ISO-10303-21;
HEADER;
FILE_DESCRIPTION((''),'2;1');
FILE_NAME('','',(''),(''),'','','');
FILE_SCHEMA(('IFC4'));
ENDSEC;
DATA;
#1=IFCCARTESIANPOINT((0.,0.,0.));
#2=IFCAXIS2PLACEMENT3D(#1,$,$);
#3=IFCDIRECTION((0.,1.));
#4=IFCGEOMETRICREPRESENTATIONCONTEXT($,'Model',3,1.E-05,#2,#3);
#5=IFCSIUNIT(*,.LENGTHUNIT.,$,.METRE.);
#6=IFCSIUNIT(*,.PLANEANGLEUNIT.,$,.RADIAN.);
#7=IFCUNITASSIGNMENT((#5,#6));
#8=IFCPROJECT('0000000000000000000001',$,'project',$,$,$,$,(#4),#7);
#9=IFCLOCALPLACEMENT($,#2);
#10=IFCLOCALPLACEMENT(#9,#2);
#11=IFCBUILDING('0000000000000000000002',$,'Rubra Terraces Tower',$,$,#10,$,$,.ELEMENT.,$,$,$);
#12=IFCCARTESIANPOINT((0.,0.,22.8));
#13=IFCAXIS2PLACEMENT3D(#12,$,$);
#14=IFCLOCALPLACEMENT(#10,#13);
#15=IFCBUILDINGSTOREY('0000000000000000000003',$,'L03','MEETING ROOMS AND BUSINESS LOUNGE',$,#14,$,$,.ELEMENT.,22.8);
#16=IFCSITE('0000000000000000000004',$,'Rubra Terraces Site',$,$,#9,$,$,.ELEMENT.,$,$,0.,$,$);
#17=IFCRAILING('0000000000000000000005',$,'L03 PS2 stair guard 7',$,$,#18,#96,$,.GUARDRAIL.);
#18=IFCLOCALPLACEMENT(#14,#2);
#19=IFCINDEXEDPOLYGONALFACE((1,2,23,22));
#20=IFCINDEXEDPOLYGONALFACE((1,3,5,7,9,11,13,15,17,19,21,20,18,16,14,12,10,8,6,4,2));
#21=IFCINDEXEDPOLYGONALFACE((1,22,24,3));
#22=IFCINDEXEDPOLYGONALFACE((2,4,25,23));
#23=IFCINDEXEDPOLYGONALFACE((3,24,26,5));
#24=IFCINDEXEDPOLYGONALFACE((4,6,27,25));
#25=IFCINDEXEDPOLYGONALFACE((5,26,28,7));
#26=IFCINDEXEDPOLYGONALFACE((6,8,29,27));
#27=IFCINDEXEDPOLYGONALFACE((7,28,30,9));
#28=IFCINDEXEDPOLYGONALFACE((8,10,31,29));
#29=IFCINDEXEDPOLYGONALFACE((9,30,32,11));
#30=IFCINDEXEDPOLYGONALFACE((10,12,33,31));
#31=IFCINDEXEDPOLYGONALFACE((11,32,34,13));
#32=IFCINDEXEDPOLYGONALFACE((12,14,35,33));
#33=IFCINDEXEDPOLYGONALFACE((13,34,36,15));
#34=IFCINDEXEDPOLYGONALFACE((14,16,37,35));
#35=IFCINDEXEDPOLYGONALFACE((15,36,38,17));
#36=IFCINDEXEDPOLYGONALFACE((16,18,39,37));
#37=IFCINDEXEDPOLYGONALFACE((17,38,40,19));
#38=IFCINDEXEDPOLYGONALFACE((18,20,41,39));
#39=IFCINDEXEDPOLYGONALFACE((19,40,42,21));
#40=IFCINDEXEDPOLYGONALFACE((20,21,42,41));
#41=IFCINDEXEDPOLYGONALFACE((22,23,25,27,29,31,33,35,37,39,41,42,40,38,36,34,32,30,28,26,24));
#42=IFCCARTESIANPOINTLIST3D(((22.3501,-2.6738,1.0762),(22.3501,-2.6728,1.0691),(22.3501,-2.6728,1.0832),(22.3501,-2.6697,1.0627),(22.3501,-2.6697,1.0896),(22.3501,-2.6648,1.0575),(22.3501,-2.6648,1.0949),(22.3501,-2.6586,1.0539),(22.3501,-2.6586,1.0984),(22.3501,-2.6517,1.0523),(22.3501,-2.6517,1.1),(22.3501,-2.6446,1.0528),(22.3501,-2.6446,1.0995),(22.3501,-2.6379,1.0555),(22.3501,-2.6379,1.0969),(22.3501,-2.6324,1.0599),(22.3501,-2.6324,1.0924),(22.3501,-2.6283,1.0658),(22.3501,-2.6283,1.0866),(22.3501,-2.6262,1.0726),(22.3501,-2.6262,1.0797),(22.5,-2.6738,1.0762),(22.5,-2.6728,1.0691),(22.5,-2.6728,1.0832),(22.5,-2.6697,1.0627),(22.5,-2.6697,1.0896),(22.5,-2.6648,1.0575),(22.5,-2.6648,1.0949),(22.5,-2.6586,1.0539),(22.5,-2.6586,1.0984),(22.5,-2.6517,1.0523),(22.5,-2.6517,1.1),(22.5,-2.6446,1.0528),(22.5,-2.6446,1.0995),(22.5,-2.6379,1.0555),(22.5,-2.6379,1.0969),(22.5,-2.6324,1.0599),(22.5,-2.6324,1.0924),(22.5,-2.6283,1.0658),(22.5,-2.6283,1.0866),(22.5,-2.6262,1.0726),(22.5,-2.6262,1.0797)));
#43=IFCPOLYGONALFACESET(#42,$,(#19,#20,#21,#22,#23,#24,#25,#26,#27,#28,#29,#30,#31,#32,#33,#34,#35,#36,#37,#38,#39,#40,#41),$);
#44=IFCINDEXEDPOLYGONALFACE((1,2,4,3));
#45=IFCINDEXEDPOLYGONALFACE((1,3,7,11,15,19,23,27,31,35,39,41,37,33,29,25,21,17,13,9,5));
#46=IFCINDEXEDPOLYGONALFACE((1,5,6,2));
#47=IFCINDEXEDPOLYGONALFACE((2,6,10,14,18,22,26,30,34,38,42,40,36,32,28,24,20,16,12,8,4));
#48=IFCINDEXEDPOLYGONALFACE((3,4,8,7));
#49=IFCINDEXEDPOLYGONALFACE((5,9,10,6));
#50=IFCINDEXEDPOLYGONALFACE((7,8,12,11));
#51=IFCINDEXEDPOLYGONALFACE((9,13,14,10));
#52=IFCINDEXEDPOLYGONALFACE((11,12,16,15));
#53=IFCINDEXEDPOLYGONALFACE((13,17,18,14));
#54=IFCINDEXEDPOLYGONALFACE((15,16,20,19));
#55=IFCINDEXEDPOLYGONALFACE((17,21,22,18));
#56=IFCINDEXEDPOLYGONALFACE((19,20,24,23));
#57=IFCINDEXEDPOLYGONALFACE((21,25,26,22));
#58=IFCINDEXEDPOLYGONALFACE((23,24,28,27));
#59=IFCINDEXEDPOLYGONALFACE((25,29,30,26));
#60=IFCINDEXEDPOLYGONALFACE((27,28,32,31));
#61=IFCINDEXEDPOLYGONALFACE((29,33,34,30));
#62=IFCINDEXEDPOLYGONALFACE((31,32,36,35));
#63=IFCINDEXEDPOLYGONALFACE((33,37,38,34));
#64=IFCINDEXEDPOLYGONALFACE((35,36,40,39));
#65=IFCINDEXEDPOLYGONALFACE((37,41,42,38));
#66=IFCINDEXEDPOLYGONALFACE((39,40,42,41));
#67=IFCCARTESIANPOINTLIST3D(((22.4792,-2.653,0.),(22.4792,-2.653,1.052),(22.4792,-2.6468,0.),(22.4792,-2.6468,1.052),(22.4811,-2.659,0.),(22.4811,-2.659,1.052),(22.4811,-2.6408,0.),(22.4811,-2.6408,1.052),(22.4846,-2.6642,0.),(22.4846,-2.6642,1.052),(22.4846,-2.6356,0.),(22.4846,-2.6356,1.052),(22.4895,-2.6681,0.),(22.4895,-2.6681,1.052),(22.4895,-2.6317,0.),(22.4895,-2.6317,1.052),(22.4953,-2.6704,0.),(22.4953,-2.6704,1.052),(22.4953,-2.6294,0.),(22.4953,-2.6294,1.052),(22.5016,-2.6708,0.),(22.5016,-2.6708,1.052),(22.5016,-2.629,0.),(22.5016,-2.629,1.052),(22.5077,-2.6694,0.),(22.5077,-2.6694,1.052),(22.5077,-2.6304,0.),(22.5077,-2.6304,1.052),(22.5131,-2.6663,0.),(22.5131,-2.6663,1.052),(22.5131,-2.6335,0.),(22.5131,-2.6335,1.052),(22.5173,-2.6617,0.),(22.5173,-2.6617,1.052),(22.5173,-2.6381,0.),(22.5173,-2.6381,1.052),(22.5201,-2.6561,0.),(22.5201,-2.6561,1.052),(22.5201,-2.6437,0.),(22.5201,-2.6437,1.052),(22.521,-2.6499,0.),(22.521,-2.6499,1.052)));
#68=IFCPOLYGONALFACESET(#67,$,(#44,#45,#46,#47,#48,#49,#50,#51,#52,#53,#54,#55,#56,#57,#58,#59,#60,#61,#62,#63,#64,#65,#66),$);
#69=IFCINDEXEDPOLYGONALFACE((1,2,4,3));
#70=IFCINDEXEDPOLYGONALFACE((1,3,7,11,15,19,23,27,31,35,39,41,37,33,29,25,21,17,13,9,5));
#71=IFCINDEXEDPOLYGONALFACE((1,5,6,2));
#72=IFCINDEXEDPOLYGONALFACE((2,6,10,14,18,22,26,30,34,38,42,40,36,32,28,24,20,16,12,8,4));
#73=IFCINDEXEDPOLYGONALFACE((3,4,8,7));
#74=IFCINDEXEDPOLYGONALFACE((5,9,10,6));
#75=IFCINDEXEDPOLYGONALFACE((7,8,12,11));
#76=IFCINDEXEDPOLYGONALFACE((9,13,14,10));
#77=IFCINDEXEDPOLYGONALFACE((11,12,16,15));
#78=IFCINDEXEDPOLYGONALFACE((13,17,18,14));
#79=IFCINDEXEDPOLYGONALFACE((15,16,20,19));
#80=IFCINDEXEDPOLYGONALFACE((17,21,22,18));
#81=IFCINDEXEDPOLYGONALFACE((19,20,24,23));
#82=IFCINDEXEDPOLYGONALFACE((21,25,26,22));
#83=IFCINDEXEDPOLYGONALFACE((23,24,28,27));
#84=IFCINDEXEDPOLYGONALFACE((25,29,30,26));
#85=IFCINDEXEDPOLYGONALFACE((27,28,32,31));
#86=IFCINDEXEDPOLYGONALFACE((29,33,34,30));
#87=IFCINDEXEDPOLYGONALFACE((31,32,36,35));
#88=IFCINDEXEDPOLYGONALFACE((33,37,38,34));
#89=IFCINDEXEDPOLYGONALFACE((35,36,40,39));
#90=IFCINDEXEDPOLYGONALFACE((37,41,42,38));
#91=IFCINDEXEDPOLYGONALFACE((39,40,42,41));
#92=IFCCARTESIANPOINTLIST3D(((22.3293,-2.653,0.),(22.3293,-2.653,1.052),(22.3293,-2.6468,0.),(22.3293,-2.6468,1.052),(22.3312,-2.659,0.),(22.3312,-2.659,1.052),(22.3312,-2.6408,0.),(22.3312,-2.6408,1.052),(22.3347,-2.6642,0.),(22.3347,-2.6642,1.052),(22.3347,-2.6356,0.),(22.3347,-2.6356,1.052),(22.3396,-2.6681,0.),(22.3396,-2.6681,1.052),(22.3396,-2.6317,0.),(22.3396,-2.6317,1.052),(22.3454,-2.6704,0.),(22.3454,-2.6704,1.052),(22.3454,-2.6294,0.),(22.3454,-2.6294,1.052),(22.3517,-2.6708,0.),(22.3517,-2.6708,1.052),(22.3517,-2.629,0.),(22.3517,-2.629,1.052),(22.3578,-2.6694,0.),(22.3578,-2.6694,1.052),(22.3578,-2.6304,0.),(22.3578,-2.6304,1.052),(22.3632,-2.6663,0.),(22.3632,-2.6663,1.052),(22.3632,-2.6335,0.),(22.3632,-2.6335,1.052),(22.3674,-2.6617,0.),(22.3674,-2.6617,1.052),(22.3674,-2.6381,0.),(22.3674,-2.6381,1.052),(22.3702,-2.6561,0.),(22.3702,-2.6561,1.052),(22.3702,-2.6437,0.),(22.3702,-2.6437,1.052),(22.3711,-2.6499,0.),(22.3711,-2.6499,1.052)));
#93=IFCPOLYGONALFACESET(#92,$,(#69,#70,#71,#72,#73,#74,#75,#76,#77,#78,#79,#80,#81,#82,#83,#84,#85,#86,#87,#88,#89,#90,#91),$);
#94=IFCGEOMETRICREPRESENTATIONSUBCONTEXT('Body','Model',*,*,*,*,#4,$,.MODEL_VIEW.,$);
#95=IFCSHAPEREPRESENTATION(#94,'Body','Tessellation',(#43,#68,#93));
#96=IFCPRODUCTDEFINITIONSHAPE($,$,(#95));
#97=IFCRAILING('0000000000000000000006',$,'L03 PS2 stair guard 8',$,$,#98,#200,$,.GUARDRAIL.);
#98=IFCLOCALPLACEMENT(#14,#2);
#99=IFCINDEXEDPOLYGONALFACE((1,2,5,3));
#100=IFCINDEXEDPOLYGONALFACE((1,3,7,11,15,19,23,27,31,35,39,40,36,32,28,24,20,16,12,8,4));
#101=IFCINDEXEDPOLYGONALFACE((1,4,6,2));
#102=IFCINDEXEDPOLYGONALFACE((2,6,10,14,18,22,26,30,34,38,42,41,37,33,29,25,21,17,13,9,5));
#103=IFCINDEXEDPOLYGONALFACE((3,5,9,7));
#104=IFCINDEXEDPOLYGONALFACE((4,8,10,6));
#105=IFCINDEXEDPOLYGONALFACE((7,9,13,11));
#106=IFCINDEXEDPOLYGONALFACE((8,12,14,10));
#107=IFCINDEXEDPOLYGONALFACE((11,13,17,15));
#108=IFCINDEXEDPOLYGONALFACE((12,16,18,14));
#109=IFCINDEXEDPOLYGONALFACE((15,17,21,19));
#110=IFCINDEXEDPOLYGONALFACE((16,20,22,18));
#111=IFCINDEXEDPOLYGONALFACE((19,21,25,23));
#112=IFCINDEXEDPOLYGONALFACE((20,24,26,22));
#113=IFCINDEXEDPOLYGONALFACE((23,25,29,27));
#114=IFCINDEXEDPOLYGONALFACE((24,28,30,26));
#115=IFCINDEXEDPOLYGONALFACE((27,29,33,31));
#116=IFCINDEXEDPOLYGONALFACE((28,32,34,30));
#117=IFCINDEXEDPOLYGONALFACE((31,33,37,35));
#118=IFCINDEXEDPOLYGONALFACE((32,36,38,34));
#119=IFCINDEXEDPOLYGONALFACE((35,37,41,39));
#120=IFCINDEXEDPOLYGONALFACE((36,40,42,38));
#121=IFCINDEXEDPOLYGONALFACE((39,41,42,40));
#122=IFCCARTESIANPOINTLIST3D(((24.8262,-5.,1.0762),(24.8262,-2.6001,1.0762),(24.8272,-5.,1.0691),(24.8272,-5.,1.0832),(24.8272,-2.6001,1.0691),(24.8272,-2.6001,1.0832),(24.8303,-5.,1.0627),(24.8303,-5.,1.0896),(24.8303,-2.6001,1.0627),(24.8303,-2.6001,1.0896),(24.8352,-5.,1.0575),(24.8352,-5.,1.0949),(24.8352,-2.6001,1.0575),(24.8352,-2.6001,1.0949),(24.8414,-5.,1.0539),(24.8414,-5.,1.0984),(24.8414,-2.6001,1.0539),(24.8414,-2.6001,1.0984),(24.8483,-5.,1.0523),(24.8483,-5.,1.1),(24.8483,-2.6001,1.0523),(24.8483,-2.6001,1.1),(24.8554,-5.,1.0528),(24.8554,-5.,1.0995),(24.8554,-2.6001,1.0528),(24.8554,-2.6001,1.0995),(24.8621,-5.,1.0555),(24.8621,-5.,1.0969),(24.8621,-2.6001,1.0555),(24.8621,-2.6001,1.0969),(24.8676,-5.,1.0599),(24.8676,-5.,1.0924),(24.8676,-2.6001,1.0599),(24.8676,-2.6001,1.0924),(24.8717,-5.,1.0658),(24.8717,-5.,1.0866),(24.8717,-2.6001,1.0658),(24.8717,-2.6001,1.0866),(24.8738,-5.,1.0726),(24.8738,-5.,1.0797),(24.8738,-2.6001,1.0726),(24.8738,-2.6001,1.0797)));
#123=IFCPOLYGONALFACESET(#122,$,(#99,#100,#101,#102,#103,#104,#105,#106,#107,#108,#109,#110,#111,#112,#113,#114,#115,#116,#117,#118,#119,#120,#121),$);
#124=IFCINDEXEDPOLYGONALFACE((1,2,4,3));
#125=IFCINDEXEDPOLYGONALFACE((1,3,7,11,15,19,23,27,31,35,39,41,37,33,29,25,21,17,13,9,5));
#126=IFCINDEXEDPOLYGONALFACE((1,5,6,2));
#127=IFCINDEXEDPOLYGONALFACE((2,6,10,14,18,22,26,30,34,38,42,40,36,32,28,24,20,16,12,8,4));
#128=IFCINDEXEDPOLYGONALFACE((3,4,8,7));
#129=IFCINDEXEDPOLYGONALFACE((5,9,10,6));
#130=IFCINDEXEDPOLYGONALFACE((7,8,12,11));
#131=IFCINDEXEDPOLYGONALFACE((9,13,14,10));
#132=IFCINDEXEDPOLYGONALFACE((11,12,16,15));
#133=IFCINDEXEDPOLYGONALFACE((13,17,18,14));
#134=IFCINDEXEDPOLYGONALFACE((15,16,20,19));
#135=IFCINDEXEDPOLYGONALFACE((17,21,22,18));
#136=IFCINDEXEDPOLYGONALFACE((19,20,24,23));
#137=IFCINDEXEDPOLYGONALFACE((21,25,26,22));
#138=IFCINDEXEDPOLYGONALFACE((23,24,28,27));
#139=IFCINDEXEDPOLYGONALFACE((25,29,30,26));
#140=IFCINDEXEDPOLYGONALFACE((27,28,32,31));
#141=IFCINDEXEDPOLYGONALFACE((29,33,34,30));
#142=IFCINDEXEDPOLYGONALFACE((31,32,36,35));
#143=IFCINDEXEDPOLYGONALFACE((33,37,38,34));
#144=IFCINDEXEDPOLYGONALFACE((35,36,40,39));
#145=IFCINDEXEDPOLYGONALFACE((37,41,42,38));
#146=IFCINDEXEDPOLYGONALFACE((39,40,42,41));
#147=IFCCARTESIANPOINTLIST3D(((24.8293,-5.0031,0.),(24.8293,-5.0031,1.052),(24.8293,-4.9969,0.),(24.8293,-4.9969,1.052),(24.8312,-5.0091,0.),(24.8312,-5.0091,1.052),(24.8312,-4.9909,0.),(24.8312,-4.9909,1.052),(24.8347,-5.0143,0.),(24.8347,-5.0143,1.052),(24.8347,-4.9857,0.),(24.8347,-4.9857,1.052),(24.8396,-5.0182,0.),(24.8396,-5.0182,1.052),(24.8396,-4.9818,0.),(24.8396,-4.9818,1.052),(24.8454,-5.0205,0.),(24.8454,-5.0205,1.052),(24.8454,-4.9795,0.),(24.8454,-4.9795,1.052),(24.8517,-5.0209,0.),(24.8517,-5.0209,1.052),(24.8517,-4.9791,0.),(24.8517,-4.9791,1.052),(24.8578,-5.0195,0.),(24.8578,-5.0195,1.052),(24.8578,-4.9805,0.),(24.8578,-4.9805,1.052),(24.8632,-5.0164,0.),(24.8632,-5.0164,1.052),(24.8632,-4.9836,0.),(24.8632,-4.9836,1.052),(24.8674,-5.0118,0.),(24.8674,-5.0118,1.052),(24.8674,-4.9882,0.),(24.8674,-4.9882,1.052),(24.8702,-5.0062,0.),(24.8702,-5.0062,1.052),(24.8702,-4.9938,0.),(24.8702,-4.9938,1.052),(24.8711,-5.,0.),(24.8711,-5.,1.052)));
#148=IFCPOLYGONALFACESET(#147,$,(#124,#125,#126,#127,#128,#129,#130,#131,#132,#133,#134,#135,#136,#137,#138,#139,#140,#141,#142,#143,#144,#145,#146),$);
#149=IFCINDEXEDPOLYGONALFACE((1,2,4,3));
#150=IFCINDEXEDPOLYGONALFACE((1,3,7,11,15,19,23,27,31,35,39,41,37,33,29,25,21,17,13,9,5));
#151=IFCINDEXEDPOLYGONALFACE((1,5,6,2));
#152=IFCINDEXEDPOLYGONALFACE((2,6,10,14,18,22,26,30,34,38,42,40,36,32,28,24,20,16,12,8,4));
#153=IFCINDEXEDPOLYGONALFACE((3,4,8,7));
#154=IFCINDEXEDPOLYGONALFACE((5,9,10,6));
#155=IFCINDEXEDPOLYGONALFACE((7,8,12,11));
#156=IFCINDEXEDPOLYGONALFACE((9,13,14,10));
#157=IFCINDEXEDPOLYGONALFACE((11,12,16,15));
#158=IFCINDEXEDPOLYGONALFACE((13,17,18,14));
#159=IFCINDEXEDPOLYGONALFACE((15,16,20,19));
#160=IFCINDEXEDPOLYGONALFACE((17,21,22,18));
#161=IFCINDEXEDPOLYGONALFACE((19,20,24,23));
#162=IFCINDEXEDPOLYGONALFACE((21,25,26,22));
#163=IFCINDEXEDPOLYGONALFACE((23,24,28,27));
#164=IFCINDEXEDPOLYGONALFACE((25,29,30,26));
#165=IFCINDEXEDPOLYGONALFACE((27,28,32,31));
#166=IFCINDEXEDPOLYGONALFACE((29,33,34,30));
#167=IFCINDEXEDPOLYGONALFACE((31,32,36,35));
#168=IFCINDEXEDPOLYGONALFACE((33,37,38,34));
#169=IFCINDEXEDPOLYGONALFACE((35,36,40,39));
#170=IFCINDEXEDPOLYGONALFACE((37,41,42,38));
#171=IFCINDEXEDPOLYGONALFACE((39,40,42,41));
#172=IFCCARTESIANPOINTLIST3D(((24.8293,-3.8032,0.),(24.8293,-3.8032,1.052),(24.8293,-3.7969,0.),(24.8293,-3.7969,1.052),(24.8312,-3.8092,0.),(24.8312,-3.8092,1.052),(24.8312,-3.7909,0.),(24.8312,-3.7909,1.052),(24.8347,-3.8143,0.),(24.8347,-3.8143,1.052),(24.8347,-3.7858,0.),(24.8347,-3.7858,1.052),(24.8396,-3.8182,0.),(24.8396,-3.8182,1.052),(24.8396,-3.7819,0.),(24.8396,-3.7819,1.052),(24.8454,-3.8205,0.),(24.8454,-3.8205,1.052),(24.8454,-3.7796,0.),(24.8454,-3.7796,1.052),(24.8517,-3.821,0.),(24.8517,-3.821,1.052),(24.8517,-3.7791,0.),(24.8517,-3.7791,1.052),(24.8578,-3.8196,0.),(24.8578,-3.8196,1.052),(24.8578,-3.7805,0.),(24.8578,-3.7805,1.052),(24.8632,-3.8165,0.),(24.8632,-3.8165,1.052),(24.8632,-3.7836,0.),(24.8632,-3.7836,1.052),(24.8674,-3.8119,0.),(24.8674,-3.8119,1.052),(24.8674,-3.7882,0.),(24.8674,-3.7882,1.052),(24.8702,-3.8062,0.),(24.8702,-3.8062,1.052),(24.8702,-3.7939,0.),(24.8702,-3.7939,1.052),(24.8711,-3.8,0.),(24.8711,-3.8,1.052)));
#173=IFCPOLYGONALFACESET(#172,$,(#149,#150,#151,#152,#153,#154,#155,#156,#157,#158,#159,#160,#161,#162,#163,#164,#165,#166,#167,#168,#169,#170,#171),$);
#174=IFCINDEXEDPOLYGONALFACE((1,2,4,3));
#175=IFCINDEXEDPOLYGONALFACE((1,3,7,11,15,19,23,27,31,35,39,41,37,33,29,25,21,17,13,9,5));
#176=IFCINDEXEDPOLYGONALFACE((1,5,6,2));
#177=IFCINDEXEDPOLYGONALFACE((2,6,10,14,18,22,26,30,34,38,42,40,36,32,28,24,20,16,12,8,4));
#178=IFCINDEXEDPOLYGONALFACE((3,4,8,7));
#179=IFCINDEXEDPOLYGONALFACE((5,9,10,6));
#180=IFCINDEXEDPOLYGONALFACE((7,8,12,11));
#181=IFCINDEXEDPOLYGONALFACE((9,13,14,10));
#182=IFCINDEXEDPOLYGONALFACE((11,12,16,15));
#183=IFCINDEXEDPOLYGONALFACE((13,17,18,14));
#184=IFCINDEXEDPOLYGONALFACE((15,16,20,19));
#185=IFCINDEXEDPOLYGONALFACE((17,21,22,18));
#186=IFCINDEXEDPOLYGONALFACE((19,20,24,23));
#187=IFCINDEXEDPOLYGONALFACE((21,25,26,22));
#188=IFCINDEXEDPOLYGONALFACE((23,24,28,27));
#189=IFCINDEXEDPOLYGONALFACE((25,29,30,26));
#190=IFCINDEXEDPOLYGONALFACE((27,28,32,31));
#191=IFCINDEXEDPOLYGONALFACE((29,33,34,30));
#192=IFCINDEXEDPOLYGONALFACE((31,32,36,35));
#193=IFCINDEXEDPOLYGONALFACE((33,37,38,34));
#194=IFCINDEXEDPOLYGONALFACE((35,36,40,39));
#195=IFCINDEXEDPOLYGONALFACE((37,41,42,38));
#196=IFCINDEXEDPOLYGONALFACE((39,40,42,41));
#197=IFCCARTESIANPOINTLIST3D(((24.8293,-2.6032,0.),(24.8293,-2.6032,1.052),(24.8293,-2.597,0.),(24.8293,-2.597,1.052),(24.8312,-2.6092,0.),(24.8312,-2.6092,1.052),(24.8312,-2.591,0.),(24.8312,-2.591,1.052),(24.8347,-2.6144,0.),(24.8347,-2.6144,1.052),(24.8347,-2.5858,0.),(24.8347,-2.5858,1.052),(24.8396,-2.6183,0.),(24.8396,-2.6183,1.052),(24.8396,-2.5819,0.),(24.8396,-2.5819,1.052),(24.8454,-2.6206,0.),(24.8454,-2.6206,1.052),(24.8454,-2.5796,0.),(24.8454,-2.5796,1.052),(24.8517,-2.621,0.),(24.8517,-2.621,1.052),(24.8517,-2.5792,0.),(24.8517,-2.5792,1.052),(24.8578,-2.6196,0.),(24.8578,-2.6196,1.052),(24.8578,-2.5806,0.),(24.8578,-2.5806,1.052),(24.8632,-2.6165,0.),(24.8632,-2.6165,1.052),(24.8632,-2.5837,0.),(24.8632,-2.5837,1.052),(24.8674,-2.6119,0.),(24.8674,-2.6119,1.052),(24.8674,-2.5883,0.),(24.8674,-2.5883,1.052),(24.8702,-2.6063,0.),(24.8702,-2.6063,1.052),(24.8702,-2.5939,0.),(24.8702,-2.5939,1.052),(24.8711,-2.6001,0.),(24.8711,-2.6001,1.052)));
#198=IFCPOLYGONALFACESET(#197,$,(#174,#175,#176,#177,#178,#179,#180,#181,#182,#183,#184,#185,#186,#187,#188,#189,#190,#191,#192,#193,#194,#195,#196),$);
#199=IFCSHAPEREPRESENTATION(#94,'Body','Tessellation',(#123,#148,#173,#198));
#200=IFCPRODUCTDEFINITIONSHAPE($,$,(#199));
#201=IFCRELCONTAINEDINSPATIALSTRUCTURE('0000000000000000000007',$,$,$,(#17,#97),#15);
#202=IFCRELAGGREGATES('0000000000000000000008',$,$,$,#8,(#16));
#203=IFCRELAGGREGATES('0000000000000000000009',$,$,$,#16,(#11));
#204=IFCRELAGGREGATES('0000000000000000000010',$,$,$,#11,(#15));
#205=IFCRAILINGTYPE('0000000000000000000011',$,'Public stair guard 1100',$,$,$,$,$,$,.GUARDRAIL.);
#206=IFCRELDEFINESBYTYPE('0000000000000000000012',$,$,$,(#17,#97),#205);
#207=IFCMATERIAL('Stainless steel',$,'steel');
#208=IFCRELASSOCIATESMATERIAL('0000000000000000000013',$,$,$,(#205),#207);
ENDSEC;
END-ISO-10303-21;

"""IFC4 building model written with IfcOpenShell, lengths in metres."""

from ifc_helpers import new_model, si_unit, direction, frame, origin, origin_2d, place, context, subcontext, project, spatial, circle, extrude, material, type_object, element, save


model = new_model("IFC4")

# Units and contexts
model_context = context("Model", 3, precision=1e-05, world=origin(), true_north=direction((0.0, 1.0)))
body_context = subcontext(model_context, "Body", "Model", "MODEL_VIEW")
ifc_project = project(units=[si_unit("LENGTHUNIT", "METRE"), si_unit("PLANEANGLEUNIT", "RADIAN")], contexts=[model_context])

# Site, building, storey
site_placement = place(None, origin())
site = spatial("IfcSite", under=ifc_project, at=site_placement, Name="Rubra Terraces Site", CompositionType="ELEMENT", RefElevation=0.0)
building_placement = place(site_placement, origin())
building = spatial("IfcBuilding", under=site, at=building_placement, Name="Rubra Terraces Tower", CompositionType="ELEMENT")
storey_placement = place(building_placement, frame((0.0, 0.0, 22.8)))
storey = spatial("IfcBuildingStorey", under=building, at=storey_placement, Name="L03", Description="MEETING ROOMS AND BUSINESS LOUNGE", CompositionType="ELEMENT", Elevation=22.8)

# Railings
ifc_material_1 = material(Name="Stainless steel", Category="steel")
railing_type_1 = type_object("IfcRailingType", Name="Public stair guard 1100", PredefinedType="GUARDRAIL", material=ifc_material_1)
railing_1_placement = place(storey_placement, frame((22.5, -2.6499, 0.0)))
element("IfcRailing", 1, at=railing_1_placement, inside=storey, type_object=railing_type_1, Name="L03 PS2 stair guard 7", PredefinedType="GUARDRAIL", context=body_context, shape_type="SweptSolid", body=[
    extrude(circle(Radius=0.0239, at=origin_2d()), frame((0.0, 0.0, 1.0762), z_axis=(-1.0, 0.0, 0.0), x_axis=(0.0, -1.0, 0.0)), (0.0, 0.0, 1.0), 0.1499),
    extrude(circle(Radius=0.021, at=origin_2d()), origin(), (0.0, 0.0, 1.0), 1.052),
    extrude(circle(Radius=0.021, at=origin_2d()), frame((-0.1499, 0.0, 0.0)), (0.0, 0.0, 1.0), 1.052),
])
for number, where, name in (
    (2, (24.8501, -5.0, 0.0), "L03 PS2 stair guard 8"),
):
    element("IfcRailing", number, at=place(storey_placement, frame(where)), inside=storey, type_object=railing_type_1, Name=name, PredefinedType="GUARDRAIL", context=body_context, shape_type="SweptSolid", body=[
        extrude(circle(Radius=0.0239, at=origin_2d()), frame((0.0, 0.0, 1.0762), z_axis=(0.0, 1.0, 0.0), x_axis=(-1.0, 0.0, 0.0)), (0.0, 0.0, 1.0), 2.3999),
        extrude(circle(Radius=0.021, at=origin_2d()), origin(), (0.0, 0.0, 1.0), 1.052),
        extrude(circle(Radius=0.021, at=origin_2d()), frame((0.0, 1.2, 0.0)), (0.0, 0.0, 1.0), 1.052),
        extrude(circle(Radius=0.021, at=origin_2d()), frame((0.0, 2.3999, 0.0)), (0.0, 0.0, 1.0), 1.052),
    ])

save(model, "model.ifc")
